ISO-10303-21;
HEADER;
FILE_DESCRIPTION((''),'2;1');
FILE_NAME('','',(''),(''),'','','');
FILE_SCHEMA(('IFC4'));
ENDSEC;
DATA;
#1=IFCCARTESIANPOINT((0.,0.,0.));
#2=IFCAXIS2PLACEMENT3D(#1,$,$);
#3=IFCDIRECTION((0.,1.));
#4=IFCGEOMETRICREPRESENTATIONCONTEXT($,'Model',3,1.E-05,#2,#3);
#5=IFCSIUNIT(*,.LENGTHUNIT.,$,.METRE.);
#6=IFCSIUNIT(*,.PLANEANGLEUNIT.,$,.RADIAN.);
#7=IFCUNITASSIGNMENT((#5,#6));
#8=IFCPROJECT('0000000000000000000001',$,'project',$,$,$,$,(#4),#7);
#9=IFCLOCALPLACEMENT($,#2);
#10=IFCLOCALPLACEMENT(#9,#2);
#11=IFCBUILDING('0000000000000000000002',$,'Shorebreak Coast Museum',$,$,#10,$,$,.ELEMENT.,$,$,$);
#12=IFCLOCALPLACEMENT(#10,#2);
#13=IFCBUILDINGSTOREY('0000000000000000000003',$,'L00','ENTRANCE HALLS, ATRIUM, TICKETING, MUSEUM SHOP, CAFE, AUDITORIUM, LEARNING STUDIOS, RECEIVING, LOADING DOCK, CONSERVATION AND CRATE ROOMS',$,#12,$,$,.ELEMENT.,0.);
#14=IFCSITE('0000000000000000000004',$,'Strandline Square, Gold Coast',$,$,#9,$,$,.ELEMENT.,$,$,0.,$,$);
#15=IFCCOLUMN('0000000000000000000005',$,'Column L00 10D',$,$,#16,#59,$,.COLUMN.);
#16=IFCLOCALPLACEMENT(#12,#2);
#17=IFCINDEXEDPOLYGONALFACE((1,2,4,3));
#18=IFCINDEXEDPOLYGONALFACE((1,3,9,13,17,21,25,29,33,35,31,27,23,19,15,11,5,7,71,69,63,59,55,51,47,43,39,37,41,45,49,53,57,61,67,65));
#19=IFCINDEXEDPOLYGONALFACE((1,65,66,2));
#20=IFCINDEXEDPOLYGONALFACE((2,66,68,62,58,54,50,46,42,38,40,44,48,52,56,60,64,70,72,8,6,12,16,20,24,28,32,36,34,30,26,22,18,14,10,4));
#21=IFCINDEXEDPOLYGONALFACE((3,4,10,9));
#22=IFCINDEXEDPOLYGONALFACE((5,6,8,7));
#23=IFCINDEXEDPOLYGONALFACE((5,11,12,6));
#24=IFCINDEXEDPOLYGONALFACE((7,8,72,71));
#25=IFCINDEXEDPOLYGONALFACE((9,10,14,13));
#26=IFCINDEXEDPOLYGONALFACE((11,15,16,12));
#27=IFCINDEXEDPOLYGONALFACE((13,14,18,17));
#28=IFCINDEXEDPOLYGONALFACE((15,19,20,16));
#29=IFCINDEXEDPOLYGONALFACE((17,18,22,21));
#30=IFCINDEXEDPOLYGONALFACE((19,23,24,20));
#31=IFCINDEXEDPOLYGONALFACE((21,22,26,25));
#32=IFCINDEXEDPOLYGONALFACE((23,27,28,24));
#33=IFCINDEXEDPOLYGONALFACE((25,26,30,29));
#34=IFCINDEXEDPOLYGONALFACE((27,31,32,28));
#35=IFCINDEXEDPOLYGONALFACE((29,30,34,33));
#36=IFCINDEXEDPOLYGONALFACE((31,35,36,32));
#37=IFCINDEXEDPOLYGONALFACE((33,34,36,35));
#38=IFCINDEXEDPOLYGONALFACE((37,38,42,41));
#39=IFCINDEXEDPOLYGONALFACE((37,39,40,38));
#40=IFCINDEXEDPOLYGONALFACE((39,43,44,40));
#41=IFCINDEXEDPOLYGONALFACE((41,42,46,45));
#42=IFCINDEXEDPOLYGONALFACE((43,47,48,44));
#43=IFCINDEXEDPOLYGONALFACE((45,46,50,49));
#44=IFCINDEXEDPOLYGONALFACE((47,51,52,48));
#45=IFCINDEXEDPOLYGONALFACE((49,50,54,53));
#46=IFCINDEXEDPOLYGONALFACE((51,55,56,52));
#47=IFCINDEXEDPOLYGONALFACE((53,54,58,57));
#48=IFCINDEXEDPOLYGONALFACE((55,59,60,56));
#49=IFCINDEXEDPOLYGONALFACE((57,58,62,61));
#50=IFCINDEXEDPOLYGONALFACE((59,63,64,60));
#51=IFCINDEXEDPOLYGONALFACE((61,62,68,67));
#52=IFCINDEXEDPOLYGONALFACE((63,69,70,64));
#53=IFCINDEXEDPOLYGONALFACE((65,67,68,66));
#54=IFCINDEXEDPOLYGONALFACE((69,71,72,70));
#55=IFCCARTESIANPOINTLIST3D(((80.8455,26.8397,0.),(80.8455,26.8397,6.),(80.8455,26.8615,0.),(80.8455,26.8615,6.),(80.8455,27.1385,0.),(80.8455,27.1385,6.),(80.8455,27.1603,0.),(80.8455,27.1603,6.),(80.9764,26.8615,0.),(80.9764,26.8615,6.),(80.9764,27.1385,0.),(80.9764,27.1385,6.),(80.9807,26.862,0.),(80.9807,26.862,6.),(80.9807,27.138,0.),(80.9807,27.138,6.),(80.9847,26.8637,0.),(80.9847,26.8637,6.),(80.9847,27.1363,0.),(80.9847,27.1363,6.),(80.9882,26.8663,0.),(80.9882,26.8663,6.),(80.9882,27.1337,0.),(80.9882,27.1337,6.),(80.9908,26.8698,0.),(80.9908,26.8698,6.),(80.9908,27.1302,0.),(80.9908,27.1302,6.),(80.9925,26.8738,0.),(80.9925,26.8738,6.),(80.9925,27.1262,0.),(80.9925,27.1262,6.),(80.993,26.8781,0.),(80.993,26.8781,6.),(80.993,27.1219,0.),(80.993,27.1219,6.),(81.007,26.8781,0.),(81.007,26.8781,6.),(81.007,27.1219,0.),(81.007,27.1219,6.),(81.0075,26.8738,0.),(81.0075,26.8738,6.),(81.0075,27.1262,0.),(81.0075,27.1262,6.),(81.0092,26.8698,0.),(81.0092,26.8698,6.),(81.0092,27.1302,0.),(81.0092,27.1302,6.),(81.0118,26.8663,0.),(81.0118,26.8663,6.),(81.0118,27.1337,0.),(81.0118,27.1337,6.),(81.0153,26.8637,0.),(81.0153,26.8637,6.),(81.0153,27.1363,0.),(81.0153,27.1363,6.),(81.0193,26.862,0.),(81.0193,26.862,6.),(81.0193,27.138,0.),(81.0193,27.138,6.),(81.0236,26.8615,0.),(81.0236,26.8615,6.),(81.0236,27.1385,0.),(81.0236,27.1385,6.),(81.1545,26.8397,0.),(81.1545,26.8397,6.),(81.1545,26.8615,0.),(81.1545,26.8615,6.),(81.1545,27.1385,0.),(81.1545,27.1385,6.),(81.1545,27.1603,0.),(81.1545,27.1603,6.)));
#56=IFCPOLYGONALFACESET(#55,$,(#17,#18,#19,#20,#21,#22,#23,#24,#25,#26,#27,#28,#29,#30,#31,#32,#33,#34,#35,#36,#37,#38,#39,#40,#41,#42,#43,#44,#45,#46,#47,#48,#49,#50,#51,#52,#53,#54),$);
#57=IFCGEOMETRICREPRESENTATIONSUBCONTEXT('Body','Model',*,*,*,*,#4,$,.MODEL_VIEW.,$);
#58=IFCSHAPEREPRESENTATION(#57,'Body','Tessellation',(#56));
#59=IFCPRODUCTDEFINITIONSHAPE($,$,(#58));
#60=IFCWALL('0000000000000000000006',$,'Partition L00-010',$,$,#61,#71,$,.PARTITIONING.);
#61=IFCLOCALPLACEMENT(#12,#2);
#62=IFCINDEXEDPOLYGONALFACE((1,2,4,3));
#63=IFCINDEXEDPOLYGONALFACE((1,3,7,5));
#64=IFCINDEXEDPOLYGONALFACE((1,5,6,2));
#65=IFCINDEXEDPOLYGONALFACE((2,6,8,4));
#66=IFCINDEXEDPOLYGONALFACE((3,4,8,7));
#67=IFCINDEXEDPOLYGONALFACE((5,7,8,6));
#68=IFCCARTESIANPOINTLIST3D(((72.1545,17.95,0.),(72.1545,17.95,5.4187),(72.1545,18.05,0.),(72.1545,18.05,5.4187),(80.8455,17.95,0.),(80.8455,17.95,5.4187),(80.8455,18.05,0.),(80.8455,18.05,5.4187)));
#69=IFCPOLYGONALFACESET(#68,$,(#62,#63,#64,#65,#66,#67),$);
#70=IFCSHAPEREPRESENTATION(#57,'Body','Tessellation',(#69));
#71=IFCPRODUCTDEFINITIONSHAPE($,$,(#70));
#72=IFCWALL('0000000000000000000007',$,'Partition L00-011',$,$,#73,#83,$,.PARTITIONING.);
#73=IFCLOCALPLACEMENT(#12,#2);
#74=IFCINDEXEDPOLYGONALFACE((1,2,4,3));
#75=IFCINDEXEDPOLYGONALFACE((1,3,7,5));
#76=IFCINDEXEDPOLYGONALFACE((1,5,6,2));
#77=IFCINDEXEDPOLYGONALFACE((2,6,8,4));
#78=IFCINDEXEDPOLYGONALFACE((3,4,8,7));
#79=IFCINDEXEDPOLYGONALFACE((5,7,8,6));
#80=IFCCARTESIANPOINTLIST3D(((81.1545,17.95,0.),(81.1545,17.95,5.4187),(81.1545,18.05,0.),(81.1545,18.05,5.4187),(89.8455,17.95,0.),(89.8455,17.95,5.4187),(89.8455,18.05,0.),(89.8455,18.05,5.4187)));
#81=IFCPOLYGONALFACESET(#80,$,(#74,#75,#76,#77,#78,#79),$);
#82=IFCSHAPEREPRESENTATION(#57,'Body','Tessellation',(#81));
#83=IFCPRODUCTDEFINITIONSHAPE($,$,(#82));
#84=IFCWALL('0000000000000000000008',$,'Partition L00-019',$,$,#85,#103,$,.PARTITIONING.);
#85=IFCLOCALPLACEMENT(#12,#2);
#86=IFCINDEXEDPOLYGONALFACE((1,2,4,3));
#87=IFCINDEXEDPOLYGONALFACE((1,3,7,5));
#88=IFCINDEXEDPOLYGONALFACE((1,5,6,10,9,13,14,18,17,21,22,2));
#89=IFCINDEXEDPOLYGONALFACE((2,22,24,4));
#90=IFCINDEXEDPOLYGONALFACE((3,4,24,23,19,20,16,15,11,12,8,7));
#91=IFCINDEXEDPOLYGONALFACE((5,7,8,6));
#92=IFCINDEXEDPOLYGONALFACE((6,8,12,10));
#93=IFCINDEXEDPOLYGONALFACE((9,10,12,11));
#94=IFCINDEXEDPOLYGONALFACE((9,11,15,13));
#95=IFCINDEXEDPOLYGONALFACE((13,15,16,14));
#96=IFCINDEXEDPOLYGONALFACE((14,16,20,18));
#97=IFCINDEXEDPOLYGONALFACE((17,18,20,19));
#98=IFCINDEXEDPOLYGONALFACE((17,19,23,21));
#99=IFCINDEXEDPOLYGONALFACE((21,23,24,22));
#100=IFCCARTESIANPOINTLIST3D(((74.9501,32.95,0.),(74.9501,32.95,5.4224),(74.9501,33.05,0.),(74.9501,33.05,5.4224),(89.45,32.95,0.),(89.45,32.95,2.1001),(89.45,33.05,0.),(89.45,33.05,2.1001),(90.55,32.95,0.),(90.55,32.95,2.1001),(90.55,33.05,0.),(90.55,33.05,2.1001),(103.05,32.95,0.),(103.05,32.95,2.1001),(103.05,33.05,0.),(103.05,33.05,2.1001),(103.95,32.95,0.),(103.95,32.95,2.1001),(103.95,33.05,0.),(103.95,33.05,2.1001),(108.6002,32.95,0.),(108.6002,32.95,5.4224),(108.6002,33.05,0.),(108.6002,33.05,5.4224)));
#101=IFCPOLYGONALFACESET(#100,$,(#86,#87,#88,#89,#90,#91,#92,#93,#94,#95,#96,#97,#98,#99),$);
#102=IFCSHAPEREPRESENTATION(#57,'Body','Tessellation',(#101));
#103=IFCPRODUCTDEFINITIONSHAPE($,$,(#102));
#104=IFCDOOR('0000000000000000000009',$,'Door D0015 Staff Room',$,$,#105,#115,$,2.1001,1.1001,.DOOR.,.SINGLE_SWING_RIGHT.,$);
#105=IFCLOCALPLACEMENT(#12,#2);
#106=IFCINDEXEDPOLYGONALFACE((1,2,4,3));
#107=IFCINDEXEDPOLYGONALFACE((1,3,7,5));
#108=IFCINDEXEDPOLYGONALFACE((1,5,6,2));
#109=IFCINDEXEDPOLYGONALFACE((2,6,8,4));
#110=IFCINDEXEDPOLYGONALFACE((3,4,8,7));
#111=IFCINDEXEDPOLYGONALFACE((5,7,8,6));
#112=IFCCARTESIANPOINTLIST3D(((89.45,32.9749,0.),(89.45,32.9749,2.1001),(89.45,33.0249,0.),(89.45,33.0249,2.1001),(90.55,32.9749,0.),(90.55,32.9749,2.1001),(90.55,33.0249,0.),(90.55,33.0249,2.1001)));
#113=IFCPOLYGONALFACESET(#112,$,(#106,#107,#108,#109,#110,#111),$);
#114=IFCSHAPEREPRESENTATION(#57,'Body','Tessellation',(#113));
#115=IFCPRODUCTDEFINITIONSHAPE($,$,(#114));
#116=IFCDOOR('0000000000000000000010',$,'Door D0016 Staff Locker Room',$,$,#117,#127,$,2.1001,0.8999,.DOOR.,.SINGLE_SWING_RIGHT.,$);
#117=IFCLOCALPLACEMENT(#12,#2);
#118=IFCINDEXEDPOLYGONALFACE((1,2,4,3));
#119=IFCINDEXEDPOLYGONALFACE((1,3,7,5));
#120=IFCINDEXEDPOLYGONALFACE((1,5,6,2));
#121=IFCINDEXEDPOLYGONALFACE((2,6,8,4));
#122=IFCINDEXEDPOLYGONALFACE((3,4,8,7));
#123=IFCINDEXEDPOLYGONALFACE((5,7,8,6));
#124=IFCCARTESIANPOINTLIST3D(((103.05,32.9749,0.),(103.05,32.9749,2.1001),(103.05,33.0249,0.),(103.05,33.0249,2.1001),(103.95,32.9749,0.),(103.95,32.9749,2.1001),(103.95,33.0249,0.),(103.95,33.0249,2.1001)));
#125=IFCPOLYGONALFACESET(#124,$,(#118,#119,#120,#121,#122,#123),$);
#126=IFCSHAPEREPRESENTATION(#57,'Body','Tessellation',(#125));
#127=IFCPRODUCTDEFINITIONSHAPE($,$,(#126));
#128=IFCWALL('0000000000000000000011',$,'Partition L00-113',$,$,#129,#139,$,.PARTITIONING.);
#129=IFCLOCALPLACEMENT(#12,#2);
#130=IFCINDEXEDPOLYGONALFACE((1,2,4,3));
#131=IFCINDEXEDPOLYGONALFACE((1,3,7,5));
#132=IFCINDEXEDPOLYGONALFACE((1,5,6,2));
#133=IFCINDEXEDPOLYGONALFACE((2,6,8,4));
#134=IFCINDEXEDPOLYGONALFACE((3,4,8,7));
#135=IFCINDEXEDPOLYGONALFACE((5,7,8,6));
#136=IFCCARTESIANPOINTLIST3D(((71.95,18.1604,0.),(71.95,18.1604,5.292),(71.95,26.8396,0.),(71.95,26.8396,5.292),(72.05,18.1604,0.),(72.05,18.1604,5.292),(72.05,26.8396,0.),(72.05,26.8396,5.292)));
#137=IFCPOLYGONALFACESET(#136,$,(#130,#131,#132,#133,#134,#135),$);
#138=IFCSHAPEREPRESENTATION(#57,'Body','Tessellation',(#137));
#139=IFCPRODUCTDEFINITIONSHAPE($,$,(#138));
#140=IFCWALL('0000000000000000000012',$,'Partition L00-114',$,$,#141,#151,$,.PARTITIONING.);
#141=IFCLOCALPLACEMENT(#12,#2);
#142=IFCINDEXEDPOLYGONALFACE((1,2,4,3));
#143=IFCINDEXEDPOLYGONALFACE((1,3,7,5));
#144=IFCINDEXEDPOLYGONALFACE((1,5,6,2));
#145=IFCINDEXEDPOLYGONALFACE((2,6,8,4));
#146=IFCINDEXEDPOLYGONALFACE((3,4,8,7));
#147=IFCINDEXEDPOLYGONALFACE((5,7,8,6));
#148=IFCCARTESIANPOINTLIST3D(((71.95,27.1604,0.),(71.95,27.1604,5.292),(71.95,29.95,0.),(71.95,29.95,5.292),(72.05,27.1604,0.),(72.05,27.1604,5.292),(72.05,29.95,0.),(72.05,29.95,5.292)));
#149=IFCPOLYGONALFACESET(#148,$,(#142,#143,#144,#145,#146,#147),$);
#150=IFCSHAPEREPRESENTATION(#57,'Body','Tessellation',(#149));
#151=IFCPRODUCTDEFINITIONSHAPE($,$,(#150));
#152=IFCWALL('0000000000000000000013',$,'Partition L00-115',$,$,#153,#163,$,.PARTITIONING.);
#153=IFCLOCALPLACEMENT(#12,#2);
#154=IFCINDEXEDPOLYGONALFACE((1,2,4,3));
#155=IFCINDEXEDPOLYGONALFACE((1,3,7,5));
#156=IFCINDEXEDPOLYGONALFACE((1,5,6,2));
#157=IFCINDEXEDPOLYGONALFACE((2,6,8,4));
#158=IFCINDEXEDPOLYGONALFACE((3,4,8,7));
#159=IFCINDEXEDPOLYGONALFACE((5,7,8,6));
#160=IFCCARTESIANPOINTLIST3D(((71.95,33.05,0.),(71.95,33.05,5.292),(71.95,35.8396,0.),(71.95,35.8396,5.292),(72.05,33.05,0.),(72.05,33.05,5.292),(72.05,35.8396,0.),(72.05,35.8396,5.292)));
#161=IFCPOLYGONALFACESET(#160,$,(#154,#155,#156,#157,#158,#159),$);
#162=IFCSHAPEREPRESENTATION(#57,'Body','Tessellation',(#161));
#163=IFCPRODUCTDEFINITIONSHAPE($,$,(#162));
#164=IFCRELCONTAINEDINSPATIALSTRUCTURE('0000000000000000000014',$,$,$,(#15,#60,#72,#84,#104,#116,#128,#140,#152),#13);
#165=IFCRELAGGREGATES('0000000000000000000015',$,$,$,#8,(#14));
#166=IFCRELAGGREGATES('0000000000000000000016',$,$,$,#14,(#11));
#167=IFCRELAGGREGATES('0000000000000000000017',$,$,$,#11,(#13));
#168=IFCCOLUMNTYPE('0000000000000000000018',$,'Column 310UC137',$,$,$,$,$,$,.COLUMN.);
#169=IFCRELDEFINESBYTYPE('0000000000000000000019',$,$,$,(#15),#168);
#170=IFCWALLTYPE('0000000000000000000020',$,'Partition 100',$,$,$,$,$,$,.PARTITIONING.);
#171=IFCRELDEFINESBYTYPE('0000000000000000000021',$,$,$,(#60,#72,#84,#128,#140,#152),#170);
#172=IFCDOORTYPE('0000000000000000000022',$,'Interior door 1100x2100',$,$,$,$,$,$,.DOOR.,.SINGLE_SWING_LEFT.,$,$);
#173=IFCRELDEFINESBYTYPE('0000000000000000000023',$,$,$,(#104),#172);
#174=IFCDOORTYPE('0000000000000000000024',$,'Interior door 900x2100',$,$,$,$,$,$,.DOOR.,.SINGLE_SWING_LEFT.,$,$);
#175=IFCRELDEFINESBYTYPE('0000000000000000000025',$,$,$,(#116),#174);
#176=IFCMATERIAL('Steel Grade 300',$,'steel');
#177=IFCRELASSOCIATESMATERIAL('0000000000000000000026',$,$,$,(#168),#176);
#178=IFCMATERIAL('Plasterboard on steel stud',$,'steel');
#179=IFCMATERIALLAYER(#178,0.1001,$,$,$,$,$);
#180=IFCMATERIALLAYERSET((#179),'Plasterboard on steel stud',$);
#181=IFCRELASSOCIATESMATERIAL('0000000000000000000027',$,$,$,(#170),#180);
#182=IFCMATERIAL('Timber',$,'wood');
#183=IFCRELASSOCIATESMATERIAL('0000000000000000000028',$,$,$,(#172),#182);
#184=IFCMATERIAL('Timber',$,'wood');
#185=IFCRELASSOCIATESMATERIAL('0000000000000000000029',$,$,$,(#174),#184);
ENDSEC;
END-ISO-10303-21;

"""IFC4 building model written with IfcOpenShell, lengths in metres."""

from ifc_helpers import new_model, si_unit, direction, frame, frame_2d, origin, origin_2d, place, context, subcontext, project, spatial, rectangle, i_section, extrude, material, layer, layer_set, material_profile, profile_set, type_object, element, fill, save


model = new_model("IFC4")

# Units and contexts
model_context = context("Model", 3, precision=1e-05, world=origin(), true_north=direction((0.0, 1.0)))
body_context = subcontext(model_context, "Body", "Model", "MODEL_VIEW")
ifc_project = project(units=[si_unit("LENGTHUNIT", "METRE"), si_unit("PLANEANGLEUNIT", "RADIAN")], contexts=[model_context])

# Site, building, storey
site_placement = place(None, origin())
site = spatial("IfcSite", under=ifc_project, at=site_placement, Name="Strandline Square, Gold Coast", CompositionType="ELEMENT", RefElevation=0.0)
building_placement = place(site_placement, origin())
building = spatial("IfcBuilding", under=site, at=building_placement, Name="Shorebreak Coast Museum", CompositionType="ELEMENT")
storey_placement = place(building_placement, origin())
storey = spatial("IfcBuildingStorey", under=building, at=storey_placement, Name="L00", Description="ENTRANCE HALLS, ATRIUM, TICKETING, MUSEUM SHOP, CAFE, AUDITORIUM, LEARNING STUDIOS, RECEIVING, LOADING DOCK, CONSERVATION AND CRATE ROOMS", CompositionType="ELEMENT", Elevation=0.0)

# Column
ifc_material_1 = material(Name="Steel Grade 300", Category="steel")
ifc_material_profile_1 = material_profile(ifc_material_1, i_section(OverallWidth=0.3091, OverallDepth=0.3206, WebThickness=0.0139, FlangeThickness=0.0217, FilletRadius=0.0166, at=origin_2d()), Name="310UC137")
ifc_profile_set_1 = profile_set([ifc_material_profile_1], Name="Steel Grade 300")
column_type = type_object("IfcColumnType", Name="Column 310UC137", PredefinedType="COLUMN", material=ifc_profile_set_1)
for number, where, z_axis, x_axis, name in (
    (1, (81.0, 27.0, 0.0), (0.0, 0.0, 1.0), (1.0, 0.0, 0.0), "Column L00 10D"),
):
    element("IfcColumn", number, at=place(storey_placement, frame(where, z_axis=z_axis, x_axis=x_axis)), inside=storey, type_object=column_type, Name=name, PredefinedType="COLUMN", context=body_context, shape_type="SweptSolid", body=[
        extrude(i_section(OverallWidth=0.3091, OverallDepth=0.3206, WebThickness=0.0139, FlangeThickness=0.0217, FilletRadius=0.0166, at=origin_2d()), origin(), (0.0, 0.0, 1.0), 6.0),
    ])

# Walls
ifc_material_2 = material(Name="Plasterboard on steel stud", Category="steel")
ifc_layer = layer(ifc_material_2, 0.1001)
ifc_layer_set = layer_set([ifc_layer], Name="Plasterboard on steel stud")
wall_type = type_object("IfcWallType", Name="Partition 100", PredefinedType="PARTITIONING", material=ifc_layer_set)
for number, where, z_axis, x_axis, name in (
    (2, (72.1545, 18.0, 0.0), (0.0, 0.0, 1.0), (1.0, 0.0, 0.0), "Partition L00-010"),
    (3, (81.1545, 18.0, 0.0), (0.0, 0.0, 1.0), (1.0, 0.0, 0.0), "Partition L00-011"),
):
    element("IfcWall", number, at=place(storey_placement, frame(where, z_axis=z_axis, x_axis=x_axis)), inside=storey, type_object=wall_type, Name=name, PredefinedType="PARTITIONING", context=body_context, shape_type="SweptSolid", body=[
        extrude(rectangle(XDim=8.6909, YDim=0.1001, at=frame_2d((4.3455, 0.0))), origin(), (0.0, 0.0, 1.0), 5.4187),
    ])

# Wall, openings, doors
wall_1_placement = place(storey_placement, frame((74.95, 33.0, 0.0), z_axis=(0.0, 0.0, 1.0), x_axis=(1.0, 0.0, 0.0)))
wall_1 = element("IfcWall", 4, at=wall_1_placement, inside=storey, type_object=wall_type, Name="Partition L00-019", PredefinedType="PARTITIONING", context=body_context, shape_type="SweptSolid", body=[
    extrude(rectangle(XDim=33.6501, YDim=0.1001, at=frame_2d((16.8252, 0.0))), origin(), (0.0, 0.0, 1.0), 5.4224),
])
opening_1_placement = place(wall_1_placement, frame((14.5, 0.0, 0.0)))
opening_1 = element("IfcOpeningElement", 5, at=opening_1_placement, cuts=wall_1, PredefinedType="OPENING", context=body_context, shape_type="SweptSolid", body=[
    extrude(rectangle(XDim=1.1001, YDim=2.1001, at=frame_2d((0.55, 1.05))), frame((0.0, 0.0601, 0.0), z_axis=(0.0, -1.0, 0.0), x_axis=(1.0, 0.0, 0.0)), (0.0, 0.0, 1.0), 0.1201),
])
opening_2_placement = place(wall_1_placement, frame((28.1001, 0.0, 0.0)))
opening_2 = element("IfcOpeningElement", 6, at=opening_2_placement, cuts=wall_1, PredefinedType="OPENING", context=body_context, shape_type="SweptSolid", body=[
    extrude(rectangle(XDim=0.8999, YDim=2.1001, at=frame_2d((0.45, 1.05))), frame((0.0, 0.0601, 0.0), z_axis=(0.0, -1.0, 0.0), x_axis=(1.0, 0.0, 0.0)), (0.0, 0.0, 1.0), 0.1201),
])
ifc_material_3 = material(Name="Timber", Category="wood")
door_type_1 = type_object("IfcDoorType", Name="Interior door 1100x2100", OperationType="SINGLE_SWING_LEFT", PredefinedType="DOOR", material=ifc_material_3)
door_1_placement = place(opening_1_placement, origin())
door_1 = element("IfcDoor", 7, at=door_1_placement, inside=storey, type_object=door_type_1, Name="Door D0015 Staff Room", OperationType="SINGLE_SWING_RIGHT", OverallHeight=2.1001, OverallWidth=1.1001, PredefinedType="DOOR", context=body_context, shape_type="SweptSolid", body=[
    extrude(rectangle(XDim=1.1001, YDim=2.1001, at=frame_2d((0.55, 1.05))), frame((0.0, 0.0249, 0.0), z_axis=(0.0, -1.0, 0.0), x_axis=(1.0, 0.0, 0.0)), (0.0, 0.0, 1.0), 0.05),
])
fill(opening_1, door_1)
ifc_material_4 = material(Name="Timber", Category="wood")
door_type_2 = type_object("IfcDoorType", Name="Interior door 900x2100", OperationType="SINGLE_SWING_LEFT", PredefinedType="DOOR", material=ifc_material_4)
door_2_placement = place(opening_2_placement, origin())
door_2 = element("IfcDoor", 8, at=door_2_placement, inside=storey, type_object=door_type_2, Name="Door D0016 Staff Locker Room", OperationType="SINGLE_SWING_RIGHT", OverallHeight=2.1001, OverallWidth=0.8999, PredefinedType="DOOR", context=body_context, shape_type="SweptSolid", body=[
    extrude(rectangle(XDim=0.8999, YDim=2.1001, at=frame_2d((0.45, 1.05))), frame((0.0, 0.0249, 0.0), z_axis=(0.0, -1.0, 0.0), x_axis=(1.0, 0.0, 0.0)), (0.0, 0.0, 1.0), 0.05),
])
fill(opening_2, door_2)

# Walls
wall_2_placement = place(storey_placement, frame((72.0, 18.1604, 0.0), z_axis=(0.0, 0.0, 1.0), x_axis=(0.0, 1.0, 0.0)))
element("IfcWall", 9, at=wall_2_placement, inside=storey, type_object=wall_type, Name="Partition L00-113", PredefinedType="PARTITIONING", context=body_context, shape_type="SweptSolid", body=[
    extrude(rectangle(XDim=8.6792, YDim=0.1001, at=frame_2d((4.3396, 0.0))), origin(), (0.0, 0.0, 1.0), 5.292),
])
for number, where, z_axis, x_axis, name in (
    (10, (72.0, 27.1604, 0.0), (0.0, 0.0, 1.0), (0.0, 1.0, 0.0), "Partition L00-114"),
    (11, (72.0, 33.05, 0.0), (0.0, 0.0, 1.0), (0.0, 1.0, 0.0), "Partition L00-115"),
):
    element("IfcWall", number, at=place(storey_placement, frame(where, z_axis=z_axis, x_axis=x_axis)), inside=storey, type_object=wall_type, Name=name, PredefinedType="PARTITIONING", context=body_context, shape_type="SweptSolid", body=[
        extrude(rectangle(XDim=2.7896, YDim=0.1001, at=frame_2d((1.3948, 0.0))), origin(), (0.0, 0.0, 1.0), 5.292),
    ])

save(model, "model.ifc")
